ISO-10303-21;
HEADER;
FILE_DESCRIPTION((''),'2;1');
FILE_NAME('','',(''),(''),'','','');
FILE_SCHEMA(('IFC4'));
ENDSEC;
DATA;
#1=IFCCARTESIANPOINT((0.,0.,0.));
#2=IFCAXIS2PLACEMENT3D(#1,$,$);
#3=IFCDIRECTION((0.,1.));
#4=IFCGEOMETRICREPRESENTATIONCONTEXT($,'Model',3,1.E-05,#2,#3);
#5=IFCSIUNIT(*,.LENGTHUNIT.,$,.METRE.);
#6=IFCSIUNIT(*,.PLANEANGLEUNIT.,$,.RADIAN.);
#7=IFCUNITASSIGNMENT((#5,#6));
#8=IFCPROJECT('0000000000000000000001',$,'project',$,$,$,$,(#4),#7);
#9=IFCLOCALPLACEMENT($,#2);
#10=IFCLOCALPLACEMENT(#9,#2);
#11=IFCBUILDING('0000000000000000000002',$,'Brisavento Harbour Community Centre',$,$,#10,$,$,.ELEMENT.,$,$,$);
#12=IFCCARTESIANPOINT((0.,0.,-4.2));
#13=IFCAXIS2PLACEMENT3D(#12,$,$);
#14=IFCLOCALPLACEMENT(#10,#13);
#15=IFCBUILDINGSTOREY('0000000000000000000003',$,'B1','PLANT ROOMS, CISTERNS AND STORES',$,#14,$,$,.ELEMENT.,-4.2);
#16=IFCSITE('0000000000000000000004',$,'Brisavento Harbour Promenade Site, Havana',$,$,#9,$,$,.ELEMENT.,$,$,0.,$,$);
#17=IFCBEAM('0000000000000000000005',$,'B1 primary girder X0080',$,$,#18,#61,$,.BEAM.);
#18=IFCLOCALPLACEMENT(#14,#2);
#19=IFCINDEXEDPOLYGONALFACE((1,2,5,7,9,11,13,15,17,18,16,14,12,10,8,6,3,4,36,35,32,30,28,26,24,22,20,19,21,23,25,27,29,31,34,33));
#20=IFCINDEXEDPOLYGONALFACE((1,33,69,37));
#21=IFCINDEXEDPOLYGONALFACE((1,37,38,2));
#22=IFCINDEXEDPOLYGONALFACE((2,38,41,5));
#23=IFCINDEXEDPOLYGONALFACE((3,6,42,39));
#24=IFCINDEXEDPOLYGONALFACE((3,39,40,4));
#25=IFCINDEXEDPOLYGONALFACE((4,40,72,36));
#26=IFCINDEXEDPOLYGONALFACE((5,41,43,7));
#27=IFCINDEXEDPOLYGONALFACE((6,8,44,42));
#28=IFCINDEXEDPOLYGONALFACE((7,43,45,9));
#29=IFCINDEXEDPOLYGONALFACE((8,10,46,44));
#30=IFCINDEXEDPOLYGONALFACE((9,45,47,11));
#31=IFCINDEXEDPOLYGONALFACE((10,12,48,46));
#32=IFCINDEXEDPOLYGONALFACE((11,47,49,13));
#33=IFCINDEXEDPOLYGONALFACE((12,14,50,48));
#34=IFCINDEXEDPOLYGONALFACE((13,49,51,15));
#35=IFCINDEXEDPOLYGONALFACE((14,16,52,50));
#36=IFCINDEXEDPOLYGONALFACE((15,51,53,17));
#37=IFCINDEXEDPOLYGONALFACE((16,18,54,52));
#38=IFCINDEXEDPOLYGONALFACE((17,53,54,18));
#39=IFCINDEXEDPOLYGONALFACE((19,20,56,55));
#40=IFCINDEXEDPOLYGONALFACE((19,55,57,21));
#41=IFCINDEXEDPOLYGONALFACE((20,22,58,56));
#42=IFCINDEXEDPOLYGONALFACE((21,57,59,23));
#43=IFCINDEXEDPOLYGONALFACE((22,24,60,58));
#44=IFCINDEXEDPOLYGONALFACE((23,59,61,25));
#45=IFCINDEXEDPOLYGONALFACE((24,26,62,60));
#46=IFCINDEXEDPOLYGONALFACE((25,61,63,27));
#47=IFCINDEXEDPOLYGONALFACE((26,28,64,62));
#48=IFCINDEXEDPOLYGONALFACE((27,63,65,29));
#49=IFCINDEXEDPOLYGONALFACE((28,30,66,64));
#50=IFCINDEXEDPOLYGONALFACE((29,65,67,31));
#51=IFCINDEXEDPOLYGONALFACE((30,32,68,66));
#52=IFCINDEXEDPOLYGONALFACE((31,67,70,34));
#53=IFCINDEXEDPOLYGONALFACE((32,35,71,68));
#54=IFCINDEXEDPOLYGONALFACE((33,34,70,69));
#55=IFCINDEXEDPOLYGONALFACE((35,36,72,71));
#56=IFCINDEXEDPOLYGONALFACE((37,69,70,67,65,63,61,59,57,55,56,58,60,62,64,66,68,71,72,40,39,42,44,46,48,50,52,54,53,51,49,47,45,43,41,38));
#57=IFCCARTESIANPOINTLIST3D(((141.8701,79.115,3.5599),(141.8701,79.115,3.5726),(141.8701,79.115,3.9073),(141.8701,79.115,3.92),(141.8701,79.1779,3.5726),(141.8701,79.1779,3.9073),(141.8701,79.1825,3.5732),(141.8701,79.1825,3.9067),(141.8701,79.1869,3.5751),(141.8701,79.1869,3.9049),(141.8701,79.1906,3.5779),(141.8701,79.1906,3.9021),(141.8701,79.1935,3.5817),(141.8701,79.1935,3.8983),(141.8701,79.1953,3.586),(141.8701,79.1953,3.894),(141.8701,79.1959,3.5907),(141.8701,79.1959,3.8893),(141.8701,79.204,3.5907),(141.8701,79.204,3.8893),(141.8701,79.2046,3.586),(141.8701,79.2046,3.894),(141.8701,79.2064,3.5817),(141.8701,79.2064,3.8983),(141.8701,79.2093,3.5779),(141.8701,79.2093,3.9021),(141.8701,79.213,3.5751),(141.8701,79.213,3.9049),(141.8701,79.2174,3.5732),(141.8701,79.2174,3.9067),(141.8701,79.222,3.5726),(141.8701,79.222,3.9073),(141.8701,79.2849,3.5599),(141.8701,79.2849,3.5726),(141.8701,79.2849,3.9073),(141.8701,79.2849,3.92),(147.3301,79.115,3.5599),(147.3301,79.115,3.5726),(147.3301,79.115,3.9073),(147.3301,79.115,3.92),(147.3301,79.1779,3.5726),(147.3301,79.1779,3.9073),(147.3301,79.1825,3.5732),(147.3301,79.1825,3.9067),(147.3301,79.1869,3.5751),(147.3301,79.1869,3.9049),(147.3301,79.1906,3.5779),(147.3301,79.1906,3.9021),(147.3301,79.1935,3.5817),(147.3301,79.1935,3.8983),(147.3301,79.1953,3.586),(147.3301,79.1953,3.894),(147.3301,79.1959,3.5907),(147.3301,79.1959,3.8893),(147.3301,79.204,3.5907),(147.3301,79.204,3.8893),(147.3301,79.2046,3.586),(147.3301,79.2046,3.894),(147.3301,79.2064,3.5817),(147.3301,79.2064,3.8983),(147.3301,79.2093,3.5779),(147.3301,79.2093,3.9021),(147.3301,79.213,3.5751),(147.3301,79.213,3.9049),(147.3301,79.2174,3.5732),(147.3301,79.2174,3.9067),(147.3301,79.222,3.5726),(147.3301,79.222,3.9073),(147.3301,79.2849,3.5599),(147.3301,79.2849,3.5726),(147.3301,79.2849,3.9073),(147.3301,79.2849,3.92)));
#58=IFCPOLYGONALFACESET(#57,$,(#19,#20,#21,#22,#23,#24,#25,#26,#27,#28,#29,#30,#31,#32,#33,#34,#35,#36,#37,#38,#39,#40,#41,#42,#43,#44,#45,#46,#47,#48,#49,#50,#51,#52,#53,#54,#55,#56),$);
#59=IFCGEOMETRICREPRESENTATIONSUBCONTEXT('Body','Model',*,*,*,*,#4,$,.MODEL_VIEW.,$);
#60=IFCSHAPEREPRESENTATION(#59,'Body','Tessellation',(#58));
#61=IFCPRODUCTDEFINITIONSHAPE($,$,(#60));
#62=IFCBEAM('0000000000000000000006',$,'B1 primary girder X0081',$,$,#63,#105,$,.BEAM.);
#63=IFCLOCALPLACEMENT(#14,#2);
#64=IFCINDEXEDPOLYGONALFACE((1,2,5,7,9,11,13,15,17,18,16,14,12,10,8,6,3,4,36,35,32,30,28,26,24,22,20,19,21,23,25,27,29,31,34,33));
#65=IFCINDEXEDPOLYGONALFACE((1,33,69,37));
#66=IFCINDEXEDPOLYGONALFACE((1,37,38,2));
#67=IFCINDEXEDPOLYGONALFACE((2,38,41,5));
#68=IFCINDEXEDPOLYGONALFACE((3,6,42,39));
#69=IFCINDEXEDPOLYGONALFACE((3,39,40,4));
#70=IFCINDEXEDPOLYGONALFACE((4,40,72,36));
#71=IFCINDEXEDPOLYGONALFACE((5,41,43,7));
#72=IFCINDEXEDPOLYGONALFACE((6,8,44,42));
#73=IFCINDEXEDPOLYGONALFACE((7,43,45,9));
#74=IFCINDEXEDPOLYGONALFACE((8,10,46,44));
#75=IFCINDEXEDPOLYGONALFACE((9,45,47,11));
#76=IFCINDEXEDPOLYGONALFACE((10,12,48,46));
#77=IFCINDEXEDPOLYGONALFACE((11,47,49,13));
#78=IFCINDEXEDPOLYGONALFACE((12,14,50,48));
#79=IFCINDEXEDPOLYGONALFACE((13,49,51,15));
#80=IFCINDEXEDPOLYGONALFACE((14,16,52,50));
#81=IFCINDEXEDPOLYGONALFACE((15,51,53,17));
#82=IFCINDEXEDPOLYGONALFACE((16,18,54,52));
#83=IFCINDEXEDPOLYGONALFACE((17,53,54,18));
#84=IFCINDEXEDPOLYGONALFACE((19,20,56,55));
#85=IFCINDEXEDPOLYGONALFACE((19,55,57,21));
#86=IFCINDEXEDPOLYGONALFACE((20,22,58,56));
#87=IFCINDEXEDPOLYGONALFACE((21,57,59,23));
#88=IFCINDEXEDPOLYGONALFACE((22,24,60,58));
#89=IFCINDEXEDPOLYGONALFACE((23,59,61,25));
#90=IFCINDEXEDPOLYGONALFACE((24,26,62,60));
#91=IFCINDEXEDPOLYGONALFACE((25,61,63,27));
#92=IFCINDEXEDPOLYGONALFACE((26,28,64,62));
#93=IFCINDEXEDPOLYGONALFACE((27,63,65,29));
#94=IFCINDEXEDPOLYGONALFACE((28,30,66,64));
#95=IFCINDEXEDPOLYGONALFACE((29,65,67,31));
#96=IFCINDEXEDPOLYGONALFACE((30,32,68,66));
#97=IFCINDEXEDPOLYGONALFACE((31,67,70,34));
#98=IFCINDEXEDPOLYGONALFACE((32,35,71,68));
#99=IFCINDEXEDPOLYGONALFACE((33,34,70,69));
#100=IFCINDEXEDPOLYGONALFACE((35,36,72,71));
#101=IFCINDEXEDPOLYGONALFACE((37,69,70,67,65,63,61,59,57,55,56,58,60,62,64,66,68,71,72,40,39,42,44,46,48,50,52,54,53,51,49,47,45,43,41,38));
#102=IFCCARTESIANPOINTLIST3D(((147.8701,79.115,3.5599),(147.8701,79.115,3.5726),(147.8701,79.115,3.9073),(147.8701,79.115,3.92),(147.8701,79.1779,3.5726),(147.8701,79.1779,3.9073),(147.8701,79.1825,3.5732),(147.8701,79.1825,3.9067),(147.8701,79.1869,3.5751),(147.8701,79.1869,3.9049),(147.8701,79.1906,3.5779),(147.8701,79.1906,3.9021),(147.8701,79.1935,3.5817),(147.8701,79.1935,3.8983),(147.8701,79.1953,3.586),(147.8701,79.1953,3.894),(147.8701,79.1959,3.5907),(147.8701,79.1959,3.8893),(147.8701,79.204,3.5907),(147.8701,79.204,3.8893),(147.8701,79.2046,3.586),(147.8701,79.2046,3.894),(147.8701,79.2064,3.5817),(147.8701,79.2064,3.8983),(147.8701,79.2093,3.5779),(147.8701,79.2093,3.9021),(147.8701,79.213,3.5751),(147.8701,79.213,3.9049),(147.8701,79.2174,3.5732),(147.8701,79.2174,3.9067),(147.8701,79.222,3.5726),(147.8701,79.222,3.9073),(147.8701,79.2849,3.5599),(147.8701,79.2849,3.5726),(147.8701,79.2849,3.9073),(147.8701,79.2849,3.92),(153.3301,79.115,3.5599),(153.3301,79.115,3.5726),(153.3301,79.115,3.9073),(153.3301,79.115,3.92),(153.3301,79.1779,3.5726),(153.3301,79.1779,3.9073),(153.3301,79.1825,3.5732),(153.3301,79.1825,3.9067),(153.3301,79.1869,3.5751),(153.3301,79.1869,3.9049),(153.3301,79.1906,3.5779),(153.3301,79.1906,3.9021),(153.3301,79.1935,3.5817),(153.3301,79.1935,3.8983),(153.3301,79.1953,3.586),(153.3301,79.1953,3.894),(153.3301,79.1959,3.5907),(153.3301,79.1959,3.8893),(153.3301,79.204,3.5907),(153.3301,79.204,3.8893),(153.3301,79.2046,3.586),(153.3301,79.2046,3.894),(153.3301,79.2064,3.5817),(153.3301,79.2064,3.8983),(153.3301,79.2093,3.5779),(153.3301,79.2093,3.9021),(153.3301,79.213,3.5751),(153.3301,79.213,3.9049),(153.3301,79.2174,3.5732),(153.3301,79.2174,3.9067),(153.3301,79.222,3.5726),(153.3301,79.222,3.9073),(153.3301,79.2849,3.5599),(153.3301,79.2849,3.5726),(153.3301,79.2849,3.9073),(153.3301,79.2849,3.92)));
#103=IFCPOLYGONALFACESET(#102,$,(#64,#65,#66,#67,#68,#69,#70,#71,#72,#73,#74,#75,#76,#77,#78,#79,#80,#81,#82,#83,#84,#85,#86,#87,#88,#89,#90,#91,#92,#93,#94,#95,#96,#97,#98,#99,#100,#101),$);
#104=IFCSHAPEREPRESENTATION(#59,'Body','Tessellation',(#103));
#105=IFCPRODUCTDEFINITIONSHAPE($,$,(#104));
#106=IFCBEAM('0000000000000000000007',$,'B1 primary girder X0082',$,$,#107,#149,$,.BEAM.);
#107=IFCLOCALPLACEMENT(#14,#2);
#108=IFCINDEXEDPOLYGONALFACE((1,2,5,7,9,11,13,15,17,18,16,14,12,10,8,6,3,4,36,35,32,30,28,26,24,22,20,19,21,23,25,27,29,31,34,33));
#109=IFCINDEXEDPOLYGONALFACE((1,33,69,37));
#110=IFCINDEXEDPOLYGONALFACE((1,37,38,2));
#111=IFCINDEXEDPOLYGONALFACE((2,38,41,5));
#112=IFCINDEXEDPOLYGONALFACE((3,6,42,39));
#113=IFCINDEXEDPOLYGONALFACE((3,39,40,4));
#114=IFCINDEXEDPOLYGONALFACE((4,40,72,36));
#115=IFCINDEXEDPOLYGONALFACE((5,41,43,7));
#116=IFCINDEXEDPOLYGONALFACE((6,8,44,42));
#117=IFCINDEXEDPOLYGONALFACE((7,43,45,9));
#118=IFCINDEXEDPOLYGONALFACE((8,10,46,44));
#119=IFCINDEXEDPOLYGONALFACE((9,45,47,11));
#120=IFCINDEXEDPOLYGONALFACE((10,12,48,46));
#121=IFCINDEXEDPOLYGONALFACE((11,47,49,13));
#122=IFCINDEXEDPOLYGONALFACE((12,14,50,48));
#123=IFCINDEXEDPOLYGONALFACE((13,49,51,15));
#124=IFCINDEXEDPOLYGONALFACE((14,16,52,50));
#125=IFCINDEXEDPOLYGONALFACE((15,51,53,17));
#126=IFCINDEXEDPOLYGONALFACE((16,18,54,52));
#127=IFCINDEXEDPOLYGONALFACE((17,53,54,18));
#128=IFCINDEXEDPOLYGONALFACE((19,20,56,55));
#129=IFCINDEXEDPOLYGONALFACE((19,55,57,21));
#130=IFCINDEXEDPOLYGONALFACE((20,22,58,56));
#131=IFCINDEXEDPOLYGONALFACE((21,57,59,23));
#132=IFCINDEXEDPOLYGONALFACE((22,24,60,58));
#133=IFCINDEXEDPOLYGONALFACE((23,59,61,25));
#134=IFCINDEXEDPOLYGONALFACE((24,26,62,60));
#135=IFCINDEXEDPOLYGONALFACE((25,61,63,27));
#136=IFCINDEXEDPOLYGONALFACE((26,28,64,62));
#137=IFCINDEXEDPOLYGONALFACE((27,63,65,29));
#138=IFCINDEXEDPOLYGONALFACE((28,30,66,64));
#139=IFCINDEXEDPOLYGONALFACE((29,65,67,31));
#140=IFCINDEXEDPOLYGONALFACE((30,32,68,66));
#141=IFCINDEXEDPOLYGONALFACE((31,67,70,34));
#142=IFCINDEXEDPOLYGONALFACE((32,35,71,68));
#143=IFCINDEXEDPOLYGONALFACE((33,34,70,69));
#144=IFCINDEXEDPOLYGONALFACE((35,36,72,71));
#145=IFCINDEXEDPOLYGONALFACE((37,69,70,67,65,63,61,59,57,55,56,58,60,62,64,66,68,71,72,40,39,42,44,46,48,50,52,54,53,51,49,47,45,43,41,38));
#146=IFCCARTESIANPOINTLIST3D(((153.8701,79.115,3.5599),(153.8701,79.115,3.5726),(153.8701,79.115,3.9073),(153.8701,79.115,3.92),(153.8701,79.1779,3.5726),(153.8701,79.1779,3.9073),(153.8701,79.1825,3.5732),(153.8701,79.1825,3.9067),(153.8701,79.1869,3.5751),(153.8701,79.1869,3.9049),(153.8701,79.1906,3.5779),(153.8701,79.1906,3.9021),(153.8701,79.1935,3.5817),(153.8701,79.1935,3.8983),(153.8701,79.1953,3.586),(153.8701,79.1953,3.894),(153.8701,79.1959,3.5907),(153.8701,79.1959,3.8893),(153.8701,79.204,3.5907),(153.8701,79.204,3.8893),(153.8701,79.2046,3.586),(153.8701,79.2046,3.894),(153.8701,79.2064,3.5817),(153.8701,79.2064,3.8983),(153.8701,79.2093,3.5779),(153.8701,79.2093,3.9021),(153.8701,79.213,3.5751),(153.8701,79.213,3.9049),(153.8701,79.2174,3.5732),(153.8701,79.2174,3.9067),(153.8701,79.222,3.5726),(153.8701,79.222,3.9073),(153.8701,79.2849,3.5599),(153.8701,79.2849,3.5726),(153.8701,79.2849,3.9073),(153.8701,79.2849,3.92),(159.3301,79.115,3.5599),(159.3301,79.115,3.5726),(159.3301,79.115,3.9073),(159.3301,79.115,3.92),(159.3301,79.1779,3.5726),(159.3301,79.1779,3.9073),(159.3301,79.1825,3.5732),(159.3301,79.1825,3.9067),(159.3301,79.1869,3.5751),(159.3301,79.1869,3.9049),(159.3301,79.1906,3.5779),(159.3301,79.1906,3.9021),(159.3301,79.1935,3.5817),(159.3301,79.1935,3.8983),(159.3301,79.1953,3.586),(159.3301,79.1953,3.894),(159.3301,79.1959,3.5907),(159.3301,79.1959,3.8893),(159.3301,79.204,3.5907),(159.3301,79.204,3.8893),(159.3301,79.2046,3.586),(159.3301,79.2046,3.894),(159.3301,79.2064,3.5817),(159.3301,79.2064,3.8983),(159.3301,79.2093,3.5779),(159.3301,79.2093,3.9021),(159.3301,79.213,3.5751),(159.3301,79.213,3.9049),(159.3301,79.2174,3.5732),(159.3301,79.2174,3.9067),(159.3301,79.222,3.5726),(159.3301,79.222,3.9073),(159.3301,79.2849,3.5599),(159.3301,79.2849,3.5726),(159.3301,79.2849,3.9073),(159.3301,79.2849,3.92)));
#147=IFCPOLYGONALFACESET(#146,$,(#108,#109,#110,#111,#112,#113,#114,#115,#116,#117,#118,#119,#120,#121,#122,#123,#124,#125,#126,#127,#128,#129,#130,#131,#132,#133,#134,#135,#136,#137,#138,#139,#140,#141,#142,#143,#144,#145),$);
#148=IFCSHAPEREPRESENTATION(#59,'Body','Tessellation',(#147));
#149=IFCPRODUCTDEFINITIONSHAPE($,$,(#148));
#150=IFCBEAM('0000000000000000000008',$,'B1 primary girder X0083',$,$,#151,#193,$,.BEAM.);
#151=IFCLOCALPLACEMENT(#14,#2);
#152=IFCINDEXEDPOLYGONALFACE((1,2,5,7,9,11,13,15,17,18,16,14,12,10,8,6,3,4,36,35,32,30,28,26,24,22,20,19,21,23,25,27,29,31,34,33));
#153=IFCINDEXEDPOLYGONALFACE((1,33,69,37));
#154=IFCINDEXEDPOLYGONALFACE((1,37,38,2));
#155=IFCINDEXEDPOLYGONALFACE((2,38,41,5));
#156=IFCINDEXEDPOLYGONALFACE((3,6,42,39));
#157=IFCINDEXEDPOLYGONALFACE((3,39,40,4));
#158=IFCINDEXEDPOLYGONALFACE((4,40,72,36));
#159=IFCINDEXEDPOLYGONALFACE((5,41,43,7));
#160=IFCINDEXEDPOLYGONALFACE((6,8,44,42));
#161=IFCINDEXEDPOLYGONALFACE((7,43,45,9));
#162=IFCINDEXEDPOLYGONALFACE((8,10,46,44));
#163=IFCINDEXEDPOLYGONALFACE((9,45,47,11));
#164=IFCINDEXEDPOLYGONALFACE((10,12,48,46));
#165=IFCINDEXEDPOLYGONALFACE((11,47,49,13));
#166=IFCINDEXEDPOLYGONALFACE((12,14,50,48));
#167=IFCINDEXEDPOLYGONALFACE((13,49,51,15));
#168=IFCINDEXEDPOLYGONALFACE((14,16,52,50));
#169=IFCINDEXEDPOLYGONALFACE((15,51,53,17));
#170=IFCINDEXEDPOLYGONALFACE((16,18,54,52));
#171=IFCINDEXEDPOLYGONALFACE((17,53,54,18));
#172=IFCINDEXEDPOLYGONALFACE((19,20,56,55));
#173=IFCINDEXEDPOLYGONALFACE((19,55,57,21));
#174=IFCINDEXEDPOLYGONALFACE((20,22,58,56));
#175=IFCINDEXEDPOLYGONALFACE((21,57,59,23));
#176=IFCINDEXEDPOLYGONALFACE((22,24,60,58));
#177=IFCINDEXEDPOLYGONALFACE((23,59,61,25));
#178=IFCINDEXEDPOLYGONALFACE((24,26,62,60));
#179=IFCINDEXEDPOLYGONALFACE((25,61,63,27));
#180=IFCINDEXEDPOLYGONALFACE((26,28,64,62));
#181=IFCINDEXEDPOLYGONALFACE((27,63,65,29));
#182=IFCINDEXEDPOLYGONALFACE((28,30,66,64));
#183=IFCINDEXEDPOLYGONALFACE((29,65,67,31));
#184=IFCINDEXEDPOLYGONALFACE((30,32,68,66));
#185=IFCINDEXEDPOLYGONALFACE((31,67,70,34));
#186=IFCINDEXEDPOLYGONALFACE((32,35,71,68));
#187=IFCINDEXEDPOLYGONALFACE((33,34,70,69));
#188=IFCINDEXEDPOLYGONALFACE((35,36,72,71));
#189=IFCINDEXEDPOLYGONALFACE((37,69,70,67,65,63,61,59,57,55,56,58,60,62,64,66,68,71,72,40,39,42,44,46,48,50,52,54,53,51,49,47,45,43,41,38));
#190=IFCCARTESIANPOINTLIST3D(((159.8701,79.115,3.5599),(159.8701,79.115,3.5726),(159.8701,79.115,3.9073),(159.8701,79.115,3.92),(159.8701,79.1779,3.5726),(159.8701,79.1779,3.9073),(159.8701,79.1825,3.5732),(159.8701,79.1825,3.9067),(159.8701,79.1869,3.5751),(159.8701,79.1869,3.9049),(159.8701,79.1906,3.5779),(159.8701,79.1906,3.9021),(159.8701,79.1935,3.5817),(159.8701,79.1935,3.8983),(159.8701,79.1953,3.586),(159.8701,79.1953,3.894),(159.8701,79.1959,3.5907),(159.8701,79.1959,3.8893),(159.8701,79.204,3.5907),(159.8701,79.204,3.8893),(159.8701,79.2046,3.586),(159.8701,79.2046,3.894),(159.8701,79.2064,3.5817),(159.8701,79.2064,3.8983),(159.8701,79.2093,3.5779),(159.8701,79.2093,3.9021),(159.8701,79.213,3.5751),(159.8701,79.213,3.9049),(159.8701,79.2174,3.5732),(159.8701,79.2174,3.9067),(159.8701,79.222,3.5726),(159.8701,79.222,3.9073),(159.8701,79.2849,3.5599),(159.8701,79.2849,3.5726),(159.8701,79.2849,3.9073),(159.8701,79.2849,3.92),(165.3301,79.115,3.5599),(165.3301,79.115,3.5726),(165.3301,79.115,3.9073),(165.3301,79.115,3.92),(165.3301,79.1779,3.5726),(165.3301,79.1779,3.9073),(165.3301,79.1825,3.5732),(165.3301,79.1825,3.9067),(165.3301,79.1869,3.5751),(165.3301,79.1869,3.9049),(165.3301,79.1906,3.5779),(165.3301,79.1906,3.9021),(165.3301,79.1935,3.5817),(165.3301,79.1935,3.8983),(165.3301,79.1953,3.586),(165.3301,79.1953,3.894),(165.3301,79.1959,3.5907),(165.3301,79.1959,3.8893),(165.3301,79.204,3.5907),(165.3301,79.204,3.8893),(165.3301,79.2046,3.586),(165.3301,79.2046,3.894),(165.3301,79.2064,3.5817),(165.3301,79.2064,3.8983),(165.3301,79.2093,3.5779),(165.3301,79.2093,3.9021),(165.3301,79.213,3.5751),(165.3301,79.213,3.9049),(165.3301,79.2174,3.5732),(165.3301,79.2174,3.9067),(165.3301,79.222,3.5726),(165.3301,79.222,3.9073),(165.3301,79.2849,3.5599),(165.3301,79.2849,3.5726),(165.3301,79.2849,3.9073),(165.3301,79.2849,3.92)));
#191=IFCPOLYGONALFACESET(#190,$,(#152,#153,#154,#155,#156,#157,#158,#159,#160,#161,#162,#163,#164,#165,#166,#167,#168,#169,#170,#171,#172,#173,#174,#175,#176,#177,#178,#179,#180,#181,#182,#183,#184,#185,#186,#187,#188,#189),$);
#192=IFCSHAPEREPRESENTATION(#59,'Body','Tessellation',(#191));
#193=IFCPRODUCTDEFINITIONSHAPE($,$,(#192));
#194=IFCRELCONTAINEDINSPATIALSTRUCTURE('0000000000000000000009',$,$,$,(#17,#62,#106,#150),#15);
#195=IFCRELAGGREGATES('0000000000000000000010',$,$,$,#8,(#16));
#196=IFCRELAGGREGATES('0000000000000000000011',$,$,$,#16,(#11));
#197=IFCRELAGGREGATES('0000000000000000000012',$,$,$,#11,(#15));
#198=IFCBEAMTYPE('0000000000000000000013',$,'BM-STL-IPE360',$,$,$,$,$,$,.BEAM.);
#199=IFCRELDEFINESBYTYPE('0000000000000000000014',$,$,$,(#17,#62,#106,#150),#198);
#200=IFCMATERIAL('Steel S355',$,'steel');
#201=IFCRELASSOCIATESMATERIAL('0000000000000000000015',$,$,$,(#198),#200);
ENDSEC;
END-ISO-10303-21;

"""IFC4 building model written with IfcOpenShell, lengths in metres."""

from ifc_helpers import new_model, si_unit, direction, frame, origin, origin_2d, place, context, subcontext, project, spatial, i_section, extrude, material, material_profile, profile_set, type_object, element, save


model = new_model("IFC4")

# Units and contexts
model_context = context("Model", 3, precision=1e-05, world=origin(), true_north=direction((0.0, 1.0)))
body_context = subcontext(model_context, "Body", "Model", "MODEL_VIEW")
ifc_project = project(units=[si_unit("LENGTHUNIT", "METRE"), si_unit("PLANEANGLEUNIT", "RADIAN")], contexts=[model_context])

# Site, building, storey
site_placement = place(None, origin())
site = spatial("IfcSite", under=ifc_project, at=site_placement, Name="Brisavento Harbour Promenade Site, Havana", CompositionType="ELEMENT", RefElevation=0.0)
building_placement = place(site_placement, origin())
building = spatial("IfcBuilding", under=site, at=building_placement, Name="Brisavento Harbour Community Centre", CompositionType="ELEMENT")
storey_placement = place(building_placement, frame((0.0, 0.0, -4.2)))
storey = spatial("IfcBuildingStorey", under=building, at=storey_placement, Name="B1", Description="PLANT ROOMS, CISTERNS AND STORES", CompositionType="ELEMENT", Elevation=-4.2)

# Beams
ifc_material_1 = material(Name="Steel S355", Category="steel")
ifc_material_profile_1 = material_profile(ifc_material_1, i_section(OverallWidth=0.1699, OverallDepth=0.3601, WebThickness=0.0081, FlangeThickness=0.0127, FilletRadius=0.0181, at=origin_2d()), Name="Steel S355")
ifc_profile_set_1 = profile_set([ifc_material_profile_1], Name="Steel S355")
beam_type_1 = type_object("IfcBeamType", Name="BM-STL-IPE360", PredefinedType="BEAM", material=ifc_profile_set_1)
for number, where, z_axis, x_axis, name in (
    (1, (141.8701, 79.2, 3.74), (1.0, 0.0, 0.0), (0.0, 1.0, 0.0), "B1 primary girder X0080"),
    (2, (147.8701, 79.2, 3.74), (1.0, 0.0, 0.0), (0.0, 1.0, 0.0), "B1 primary girder X0081"),
    (3, (153.8701, 79.2, 3.74), (1.0, 0.0, 0.0), (0.0, 1.0, 0.0), "B1 primary girder X0082"),
    (4, (159.8701, 79.2, 3.74), (1.0, 0.0, 0.0), (0.0, 1.0, 0.0), "B1 primary girder X0083"),
):
    element("IfcBeam", number, at=place(storey_placement, frame(where, z_axis=z_axis, x_axis=x_axis)), inside=storey, type_object=beam_type_1, Name=name, PredefinedType="BEAM", context=body_context, shape_type="SweptSolid", body=[
        extrude(i_section(OverallWidth=0.1699, OverallDepth=0.3601, WebThickness=0.0081, FlangeThickness=0.0127, FilletRadius=0.0181, at=origin_2d()), origin(), (0.0, 0.0, 1.0), 5.46),
    ])

save(model, "model.ifc")
